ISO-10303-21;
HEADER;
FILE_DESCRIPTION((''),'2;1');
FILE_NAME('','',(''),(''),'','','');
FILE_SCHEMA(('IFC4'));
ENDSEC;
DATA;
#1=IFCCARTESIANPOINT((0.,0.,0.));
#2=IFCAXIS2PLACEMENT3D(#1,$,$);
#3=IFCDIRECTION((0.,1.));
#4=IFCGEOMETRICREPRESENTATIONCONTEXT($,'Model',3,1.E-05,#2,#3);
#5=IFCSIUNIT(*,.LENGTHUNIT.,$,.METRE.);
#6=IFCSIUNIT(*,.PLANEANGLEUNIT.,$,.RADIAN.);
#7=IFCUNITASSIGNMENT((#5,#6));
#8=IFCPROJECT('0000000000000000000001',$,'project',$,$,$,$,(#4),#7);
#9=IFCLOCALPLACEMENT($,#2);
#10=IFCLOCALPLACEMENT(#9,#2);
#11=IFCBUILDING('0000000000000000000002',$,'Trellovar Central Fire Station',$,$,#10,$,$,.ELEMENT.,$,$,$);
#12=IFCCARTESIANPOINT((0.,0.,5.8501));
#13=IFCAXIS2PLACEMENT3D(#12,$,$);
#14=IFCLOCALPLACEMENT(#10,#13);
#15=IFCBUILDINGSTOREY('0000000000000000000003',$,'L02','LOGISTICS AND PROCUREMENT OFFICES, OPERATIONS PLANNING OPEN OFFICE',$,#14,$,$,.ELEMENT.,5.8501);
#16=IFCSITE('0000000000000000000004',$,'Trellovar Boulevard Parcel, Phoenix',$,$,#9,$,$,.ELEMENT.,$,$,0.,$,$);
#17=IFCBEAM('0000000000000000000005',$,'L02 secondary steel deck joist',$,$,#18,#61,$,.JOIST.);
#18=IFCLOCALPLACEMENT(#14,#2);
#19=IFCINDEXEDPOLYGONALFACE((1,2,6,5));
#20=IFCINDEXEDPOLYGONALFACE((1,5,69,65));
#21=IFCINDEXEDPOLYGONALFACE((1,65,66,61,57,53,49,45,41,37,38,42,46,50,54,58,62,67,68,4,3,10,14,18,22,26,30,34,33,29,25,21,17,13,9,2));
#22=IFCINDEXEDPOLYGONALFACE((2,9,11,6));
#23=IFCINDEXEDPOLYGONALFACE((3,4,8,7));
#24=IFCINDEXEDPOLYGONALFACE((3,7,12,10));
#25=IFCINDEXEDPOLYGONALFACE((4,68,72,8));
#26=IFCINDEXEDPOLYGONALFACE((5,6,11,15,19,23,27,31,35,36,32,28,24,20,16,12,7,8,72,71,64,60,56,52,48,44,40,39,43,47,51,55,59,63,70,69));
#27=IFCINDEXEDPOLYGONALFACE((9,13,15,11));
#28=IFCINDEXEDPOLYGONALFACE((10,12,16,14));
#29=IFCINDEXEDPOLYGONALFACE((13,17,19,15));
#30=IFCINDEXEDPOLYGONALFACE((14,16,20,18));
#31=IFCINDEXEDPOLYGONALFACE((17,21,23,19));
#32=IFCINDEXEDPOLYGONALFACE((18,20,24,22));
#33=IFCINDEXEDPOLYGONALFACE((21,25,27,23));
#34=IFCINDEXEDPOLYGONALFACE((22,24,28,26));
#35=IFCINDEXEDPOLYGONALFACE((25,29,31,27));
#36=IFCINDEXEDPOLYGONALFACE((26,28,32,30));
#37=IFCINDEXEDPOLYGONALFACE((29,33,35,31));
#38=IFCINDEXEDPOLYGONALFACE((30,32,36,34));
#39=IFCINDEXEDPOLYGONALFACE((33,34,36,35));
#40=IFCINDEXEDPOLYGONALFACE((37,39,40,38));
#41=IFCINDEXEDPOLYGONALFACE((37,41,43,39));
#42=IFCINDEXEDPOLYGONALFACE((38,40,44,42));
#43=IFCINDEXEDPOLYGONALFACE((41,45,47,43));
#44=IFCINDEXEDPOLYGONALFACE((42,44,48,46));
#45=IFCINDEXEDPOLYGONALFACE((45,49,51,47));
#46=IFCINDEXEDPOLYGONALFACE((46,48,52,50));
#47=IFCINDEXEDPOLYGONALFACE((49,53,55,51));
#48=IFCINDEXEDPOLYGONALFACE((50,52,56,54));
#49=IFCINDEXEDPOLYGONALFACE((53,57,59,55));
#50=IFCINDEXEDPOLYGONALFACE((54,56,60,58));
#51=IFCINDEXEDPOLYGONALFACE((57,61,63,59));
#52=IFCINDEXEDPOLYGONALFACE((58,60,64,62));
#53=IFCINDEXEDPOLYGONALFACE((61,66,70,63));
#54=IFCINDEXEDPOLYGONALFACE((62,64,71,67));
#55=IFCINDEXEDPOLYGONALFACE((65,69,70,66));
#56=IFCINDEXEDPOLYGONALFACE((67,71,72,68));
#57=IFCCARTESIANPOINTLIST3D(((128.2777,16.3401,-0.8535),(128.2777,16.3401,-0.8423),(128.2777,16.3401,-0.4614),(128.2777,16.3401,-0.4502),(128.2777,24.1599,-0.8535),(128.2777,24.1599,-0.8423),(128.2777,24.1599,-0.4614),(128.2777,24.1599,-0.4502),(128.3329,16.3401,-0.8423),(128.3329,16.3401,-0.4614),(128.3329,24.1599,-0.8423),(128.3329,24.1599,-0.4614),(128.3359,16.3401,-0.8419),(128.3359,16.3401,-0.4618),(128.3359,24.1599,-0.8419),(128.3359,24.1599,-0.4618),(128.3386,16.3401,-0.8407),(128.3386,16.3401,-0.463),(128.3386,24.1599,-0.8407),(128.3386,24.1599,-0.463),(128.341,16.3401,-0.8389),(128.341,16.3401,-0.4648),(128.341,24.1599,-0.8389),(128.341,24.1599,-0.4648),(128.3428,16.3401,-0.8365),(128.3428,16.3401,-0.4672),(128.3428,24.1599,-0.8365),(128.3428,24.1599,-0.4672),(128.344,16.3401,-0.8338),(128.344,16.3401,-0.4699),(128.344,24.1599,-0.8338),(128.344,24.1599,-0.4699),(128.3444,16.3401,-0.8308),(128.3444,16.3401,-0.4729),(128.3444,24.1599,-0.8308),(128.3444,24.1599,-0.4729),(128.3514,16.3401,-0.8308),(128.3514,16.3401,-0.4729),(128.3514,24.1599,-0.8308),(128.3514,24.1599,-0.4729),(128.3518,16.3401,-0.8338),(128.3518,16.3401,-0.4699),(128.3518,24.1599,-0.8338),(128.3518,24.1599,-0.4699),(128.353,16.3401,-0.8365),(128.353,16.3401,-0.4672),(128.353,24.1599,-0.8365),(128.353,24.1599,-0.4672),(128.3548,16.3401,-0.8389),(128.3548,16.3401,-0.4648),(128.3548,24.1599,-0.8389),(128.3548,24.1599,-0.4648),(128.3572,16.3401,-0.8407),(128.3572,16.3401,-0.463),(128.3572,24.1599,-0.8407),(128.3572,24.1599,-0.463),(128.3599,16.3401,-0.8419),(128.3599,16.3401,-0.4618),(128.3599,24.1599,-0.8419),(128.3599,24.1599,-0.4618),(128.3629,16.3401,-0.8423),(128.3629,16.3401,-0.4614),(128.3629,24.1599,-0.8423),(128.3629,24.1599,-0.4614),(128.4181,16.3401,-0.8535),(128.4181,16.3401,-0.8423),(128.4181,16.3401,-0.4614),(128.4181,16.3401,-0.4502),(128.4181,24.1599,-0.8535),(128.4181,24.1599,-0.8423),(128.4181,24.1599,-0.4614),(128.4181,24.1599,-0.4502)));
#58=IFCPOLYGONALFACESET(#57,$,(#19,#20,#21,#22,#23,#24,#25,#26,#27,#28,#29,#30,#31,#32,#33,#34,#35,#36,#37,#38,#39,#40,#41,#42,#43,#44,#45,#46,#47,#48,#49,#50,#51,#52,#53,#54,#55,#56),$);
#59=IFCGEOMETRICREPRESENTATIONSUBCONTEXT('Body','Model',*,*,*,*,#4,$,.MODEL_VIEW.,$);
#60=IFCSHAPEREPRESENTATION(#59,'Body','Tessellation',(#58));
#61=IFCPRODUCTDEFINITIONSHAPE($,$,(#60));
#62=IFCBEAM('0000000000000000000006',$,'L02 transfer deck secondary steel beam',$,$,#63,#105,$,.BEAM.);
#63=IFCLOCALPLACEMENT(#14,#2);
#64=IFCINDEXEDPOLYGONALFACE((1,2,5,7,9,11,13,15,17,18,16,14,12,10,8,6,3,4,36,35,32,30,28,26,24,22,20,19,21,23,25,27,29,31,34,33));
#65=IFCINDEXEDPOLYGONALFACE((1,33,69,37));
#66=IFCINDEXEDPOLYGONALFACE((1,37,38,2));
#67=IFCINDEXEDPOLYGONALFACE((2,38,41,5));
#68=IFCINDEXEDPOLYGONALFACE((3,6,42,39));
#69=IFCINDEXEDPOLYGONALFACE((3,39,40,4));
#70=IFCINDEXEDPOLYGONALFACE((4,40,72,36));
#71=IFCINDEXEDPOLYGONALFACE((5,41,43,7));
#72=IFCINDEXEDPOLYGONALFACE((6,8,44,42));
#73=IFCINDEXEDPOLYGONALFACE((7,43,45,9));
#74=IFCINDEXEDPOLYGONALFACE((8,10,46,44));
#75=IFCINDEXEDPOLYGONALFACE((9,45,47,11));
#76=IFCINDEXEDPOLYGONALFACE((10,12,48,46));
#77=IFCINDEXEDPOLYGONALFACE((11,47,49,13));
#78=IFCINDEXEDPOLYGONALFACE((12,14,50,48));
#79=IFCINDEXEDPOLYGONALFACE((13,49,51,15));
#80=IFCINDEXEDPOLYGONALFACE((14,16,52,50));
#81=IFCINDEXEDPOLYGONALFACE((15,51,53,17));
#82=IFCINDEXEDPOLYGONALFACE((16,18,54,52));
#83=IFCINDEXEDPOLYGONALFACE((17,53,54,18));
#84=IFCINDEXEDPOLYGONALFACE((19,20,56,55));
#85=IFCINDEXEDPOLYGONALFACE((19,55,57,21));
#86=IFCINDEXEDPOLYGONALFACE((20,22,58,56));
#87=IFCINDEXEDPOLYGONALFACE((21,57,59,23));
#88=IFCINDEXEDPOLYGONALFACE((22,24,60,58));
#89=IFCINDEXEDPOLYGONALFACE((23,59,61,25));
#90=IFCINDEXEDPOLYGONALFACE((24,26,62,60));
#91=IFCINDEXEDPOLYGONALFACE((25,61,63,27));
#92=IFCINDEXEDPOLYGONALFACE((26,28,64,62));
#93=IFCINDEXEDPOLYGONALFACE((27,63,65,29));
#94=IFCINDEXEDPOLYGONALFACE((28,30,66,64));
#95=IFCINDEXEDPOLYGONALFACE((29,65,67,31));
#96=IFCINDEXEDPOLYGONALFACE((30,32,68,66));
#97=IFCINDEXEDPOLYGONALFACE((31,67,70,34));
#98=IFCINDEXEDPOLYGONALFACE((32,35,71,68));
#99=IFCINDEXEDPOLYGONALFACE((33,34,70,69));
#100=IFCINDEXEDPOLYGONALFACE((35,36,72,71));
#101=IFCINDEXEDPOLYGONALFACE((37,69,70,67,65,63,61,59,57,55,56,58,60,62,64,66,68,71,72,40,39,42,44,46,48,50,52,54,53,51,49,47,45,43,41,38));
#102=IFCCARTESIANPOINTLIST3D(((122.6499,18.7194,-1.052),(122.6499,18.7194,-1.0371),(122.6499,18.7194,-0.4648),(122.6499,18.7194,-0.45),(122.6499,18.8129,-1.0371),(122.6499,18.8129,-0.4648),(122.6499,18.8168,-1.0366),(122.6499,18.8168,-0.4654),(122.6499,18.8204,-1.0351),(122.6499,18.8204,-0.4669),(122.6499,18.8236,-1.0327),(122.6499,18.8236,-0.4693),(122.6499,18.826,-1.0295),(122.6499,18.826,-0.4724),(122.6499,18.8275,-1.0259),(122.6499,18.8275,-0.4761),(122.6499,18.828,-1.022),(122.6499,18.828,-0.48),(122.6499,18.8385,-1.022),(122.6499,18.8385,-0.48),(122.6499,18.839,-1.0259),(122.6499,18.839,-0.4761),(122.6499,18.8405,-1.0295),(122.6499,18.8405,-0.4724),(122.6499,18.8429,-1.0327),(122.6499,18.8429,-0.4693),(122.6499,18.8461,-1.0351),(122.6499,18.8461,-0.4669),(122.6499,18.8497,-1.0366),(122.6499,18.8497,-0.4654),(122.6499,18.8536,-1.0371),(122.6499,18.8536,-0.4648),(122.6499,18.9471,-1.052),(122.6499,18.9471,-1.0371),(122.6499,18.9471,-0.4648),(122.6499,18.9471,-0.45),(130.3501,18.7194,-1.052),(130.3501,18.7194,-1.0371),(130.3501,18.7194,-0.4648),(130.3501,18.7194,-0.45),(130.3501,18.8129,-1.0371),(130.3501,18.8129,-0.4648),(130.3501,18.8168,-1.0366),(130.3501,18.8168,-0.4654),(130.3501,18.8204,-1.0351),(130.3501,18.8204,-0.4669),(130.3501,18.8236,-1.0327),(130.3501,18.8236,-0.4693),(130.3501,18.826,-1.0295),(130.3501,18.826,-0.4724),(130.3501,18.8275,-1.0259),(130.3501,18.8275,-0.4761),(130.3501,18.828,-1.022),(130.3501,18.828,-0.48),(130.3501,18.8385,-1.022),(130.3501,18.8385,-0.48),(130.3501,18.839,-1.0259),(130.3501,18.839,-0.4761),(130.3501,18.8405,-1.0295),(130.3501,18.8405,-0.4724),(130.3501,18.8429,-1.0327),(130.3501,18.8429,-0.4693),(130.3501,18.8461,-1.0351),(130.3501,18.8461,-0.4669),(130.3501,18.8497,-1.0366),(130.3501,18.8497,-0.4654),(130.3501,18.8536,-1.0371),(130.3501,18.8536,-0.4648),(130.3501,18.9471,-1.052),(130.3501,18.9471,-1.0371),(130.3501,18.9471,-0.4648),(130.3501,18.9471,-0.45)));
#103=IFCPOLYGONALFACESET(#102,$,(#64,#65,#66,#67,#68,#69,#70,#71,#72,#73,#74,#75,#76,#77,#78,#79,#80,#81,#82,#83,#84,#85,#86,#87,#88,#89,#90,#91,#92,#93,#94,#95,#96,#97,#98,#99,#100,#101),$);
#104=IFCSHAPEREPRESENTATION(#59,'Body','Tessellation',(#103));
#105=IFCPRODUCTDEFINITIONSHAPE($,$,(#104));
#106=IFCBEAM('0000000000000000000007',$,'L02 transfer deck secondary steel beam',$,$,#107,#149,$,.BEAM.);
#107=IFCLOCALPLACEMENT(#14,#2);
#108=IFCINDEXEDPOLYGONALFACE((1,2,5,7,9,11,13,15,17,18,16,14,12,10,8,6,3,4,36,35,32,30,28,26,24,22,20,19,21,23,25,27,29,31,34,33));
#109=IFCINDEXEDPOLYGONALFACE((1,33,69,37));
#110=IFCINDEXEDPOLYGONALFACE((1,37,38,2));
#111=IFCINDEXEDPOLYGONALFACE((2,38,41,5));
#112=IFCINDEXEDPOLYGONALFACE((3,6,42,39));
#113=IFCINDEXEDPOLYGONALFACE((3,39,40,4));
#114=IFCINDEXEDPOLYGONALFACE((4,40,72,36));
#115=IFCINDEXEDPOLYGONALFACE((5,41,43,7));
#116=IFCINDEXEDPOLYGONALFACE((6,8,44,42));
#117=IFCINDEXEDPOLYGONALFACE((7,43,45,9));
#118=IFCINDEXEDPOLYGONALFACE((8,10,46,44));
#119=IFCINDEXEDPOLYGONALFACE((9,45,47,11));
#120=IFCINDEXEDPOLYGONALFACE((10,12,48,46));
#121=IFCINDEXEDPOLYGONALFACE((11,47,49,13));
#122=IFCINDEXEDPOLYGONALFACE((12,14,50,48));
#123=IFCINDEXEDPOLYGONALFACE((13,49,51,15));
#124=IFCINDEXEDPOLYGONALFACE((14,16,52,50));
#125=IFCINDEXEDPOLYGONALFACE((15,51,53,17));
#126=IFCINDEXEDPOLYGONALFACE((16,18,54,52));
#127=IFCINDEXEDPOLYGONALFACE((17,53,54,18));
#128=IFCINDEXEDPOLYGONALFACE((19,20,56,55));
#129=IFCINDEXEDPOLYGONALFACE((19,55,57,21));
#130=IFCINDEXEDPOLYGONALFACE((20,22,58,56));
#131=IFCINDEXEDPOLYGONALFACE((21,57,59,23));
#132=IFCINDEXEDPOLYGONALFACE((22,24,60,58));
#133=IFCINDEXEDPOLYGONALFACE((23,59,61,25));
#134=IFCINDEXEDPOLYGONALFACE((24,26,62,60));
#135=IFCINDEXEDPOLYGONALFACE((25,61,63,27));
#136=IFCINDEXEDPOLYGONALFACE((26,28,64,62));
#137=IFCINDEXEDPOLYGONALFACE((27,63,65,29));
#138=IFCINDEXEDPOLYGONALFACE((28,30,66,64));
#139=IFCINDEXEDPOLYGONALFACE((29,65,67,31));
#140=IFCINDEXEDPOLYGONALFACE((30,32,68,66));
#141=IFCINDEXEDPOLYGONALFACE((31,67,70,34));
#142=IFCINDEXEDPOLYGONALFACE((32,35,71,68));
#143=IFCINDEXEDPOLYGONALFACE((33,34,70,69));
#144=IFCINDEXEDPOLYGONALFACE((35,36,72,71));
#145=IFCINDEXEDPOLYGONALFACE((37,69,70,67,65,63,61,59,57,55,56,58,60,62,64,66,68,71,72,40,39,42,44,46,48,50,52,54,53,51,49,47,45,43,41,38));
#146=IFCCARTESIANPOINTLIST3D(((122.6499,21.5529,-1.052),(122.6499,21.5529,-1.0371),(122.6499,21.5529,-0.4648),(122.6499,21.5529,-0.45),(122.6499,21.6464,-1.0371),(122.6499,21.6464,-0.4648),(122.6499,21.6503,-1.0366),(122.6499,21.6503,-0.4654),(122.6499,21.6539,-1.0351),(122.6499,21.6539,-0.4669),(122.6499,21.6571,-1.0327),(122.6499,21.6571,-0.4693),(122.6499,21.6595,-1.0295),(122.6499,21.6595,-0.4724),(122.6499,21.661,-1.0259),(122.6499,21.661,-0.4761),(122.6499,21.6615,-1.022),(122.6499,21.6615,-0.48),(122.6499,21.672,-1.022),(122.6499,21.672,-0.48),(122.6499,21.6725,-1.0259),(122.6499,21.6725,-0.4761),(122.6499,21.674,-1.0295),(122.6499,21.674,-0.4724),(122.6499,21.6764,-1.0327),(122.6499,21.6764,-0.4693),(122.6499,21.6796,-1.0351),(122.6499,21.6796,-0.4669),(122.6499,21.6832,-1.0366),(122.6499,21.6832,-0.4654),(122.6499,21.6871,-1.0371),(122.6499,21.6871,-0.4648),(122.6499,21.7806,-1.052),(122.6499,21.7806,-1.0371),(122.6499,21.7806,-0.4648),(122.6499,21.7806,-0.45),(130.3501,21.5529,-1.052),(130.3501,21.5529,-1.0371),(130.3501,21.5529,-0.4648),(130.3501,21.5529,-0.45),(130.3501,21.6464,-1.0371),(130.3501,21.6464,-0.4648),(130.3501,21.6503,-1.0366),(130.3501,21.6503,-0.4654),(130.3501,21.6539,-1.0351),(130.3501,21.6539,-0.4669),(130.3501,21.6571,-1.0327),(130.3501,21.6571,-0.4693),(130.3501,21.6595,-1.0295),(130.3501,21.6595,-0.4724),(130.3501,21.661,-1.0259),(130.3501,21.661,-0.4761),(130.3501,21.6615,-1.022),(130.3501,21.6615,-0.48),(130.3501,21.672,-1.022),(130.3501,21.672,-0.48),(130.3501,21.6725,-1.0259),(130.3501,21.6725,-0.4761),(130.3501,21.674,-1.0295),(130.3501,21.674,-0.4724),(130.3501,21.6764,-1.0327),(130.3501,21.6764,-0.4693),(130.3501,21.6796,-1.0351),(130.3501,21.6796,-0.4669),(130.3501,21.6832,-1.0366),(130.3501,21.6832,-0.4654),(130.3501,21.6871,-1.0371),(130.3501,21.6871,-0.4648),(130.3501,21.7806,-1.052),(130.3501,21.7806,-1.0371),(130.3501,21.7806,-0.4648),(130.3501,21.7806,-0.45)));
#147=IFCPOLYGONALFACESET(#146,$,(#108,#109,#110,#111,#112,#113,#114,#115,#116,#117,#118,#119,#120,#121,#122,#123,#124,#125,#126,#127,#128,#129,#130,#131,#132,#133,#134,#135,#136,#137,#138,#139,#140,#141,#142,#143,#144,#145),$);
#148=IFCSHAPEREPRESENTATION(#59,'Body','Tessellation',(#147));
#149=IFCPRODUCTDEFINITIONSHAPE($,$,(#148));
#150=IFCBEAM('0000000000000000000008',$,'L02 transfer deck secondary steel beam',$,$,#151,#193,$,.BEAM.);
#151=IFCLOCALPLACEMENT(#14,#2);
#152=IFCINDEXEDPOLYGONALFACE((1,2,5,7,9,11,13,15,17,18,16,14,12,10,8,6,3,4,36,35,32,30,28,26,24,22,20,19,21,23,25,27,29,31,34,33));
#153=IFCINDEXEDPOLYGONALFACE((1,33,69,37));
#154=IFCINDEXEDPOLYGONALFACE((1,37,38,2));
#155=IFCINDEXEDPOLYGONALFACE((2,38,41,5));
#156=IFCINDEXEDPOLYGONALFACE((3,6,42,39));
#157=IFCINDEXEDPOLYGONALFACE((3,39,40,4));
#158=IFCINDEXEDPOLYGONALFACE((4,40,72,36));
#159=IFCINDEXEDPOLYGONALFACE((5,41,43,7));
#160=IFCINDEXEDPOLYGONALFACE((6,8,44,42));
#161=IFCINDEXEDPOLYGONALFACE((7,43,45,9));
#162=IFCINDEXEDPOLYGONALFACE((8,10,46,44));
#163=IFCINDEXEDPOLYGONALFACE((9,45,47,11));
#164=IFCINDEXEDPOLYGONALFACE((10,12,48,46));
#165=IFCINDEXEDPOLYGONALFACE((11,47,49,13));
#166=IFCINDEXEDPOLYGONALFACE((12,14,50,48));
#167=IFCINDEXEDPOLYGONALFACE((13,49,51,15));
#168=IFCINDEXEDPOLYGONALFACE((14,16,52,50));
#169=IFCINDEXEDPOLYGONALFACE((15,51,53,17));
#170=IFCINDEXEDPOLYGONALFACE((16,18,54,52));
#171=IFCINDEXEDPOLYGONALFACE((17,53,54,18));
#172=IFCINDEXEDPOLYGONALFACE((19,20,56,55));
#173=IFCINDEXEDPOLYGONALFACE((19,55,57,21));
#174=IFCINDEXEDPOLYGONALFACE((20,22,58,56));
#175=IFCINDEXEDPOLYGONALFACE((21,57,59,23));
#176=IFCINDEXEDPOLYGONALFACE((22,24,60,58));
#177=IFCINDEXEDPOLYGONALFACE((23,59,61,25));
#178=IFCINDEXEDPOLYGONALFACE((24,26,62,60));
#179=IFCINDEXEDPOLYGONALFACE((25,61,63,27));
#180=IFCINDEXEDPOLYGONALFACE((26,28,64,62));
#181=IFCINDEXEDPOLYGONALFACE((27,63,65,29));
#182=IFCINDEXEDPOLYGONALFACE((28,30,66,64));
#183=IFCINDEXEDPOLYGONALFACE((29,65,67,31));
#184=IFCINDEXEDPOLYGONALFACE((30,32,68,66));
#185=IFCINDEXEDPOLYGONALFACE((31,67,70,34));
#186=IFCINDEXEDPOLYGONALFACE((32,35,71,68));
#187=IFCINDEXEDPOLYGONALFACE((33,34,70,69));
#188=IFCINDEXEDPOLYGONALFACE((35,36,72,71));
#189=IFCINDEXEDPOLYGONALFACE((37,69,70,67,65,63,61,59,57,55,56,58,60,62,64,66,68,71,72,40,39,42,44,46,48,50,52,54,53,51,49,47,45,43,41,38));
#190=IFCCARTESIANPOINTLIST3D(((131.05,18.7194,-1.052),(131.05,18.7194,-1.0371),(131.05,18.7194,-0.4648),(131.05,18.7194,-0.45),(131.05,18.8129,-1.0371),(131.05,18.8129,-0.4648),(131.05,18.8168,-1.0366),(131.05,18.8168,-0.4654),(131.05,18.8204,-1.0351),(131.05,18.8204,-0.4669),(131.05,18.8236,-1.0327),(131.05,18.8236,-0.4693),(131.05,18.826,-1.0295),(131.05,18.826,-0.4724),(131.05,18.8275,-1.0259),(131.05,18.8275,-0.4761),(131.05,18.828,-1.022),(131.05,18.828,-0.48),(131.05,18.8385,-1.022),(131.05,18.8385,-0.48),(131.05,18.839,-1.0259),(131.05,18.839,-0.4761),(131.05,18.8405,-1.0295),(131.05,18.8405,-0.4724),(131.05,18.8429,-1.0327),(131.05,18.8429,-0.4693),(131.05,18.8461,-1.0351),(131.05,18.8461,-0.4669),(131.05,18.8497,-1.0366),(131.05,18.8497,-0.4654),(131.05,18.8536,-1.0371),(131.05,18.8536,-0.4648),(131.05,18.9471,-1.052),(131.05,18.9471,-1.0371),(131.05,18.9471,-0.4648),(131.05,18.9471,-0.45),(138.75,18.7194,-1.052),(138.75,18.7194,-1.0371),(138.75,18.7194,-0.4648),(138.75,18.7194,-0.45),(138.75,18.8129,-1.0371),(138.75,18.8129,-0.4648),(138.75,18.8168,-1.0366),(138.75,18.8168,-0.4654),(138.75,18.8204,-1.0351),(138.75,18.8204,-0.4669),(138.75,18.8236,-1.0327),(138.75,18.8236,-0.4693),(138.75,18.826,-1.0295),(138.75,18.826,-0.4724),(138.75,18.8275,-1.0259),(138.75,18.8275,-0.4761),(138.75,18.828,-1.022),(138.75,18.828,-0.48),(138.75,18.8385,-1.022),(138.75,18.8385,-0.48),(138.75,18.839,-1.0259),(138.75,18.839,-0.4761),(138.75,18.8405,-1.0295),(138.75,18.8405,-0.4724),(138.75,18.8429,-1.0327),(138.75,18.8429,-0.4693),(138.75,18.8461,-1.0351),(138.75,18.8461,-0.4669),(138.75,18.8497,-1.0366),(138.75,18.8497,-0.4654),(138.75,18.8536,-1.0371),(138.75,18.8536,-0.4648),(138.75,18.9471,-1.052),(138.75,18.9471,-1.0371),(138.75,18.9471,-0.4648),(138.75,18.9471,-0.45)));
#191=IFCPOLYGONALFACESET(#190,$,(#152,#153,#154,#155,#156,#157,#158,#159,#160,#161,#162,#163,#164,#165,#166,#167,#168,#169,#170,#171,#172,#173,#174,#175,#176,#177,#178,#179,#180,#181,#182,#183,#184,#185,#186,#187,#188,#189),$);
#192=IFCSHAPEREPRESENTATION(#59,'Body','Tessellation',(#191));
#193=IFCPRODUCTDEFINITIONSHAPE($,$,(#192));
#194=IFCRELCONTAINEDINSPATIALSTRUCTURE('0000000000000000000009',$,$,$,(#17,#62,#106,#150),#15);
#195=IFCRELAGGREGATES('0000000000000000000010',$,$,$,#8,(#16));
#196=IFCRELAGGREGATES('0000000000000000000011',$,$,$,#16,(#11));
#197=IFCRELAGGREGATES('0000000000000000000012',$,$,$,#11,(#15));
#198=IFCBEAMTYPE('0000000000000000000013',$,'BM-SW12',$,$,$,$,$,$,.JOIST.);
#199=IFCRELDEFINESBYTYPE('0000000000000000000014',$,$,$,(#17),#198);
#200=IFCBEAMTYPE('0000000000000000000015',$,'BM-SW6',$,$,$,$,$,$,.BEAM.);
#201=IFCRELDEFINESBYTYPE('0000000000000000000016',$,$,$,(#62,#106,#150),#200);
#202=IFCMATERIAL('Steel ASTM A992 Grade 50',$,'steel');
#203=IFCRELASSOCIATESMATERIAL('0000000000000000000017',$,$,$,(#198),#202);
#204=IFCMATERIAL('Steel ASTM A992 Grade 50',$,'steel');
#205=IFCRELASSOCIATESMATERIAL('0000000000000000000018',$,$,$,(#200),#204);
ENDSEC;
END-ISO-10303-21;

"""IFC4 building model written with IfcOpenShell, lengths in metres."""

from ifc_helpers import new_model, si_unit, direction, frame, origin, origin_2d, place, context, subcontext, project, spatial, i_section, extrude, material, material_profile, profile_set, type_object, element, save


model = new_model("IFC4")

# Units and contexts
model_context = context("Model", 3, precision=1e-05, world=origin(), true_north=direction((0.0, 1.0)))
body_context = subcontext(model_context, "Body", "Model", "MODEL_VIEW")
ifc_project = project(units=[si_unit("LENGTHUNIT", "METRE"), si_unit("PLANEANGLEUNIT", "RADIAN")], contexts=[model_context])

# Site, building, storey
site_placement = place(None, origin())
site = spatial("IfcSite", under=ifc_project, at=site_placement, Name="Trellovar Boulevard Parcel, Phoenix", CompositionType="ELEMENT", RefElevation=0.0)
building_placement = place(site_placement, origin())
building = spatial("IfcBuilding", under=site, at=building_placement, Name="Trellovar Central Fire Station", CompositionType="ELEMENT")
storey_placement = place(building_placement, frame((0.0, 0.0, 5.8501)))
storey = spatial("IfcBuildingStorey", under=building, at=storey_placement, Name="L02", Description="LOGISTICS AND PROCUREMENT OFFICES, OPERATIONS PLANNING OPEN OFFICE", CompositionType="ELEMENT", Elevation=5.8501)

# Beams
ifc_material_1 = material(Name="Steel ASTM A992 Grade 50", Category="steel")
ifc_material_profile_1 = material_profile(ifc_material_1, i_section(OverallWidth=0.1404, OverallDepth=0.4033, WebThickness=0.0071, FlangeThickness=0.0112, FilletRadius=0.0115, at=origin_2d()), Name="W16X31")
ifc_profile_set_1 = profile_set([ifc_material_profile_1], Name="Steel ASTM A992 Grade 50")
beam_type_1 = type_object("IfcBeamType", Name="BM-SW12", PredefinedType="JOIST", material=ifc_profile_set_1)
beam_1_placement = place(storey_placement, frame((128.3479, 16.3401, -0.6519), z_axis=(0.0, 1.0, 0.0), x_axis=(-1.0, 0.0, 0.0)))
element("IfcBeam", 1, at=beam_1_placement, inside=storey, type_object=beam_type_1, Name="L02 secondary steel deck joist", PredefinedType="JOIST", context=body_context, shape_type="SweptSolid", body=[
    extrude(i_section(OverallWidth=0.1404, OverallDepth=0.4033, WebThickness=0.0071, FlangeThickness=0.0112, FilletRadius=0.0115, at=origin_2d()), origin(), (0.0, 0.0, 1.0), 7.8198),
])
ifc_material_2 = material(Name="Steel ASTM A992 Grade 50", Category="steel")
ifc_material_profile_2 = material_profile(ifc_material_2, i_section(OverallWidth=0.2278, OverallDepth=0.6021, WebThickness=0.0105, FlangeThickness=0.0149, FilletRadius=0.0151, at=origin_2d()), Name="W24X68")
ifc_profile_set_2 = profile_set([ifc_material_profile_2], Name="Steel ASTM A992 Grade 50")
beam_type_2 = type_object("IfcBeamType", Name="BM-SW6", PredefinedType="BEAM", material=ifc_profile_set_2)
for number, where, z_axis, x_axis, name in (
    (2, (122.6499, 18.8333, -0.751), (1.0, 0.0, 0.0), (0.0, 1.0, 0.0), "L02 transfer deck secondary steel beam"),
    (3, (122.6499, 21.6667, -0.751), (1.0, 0.0, 0.0), (0.0, 1.0, 0.0), "L02 transfer deck secondary steel beam"),
):
    element("IfcBeam", number, at=place(storey_placement, frame(where, z_axis=z_axis, x_axis=x_axis)), inside=storey, type_object=beam_type_2, Name=name, PredefinedType="BEAM", context=body_context, shape_type="SweptSolid", body=[
        extrude(i_section(OverallWidth=0.2278, OverallDepth=0.6021, WebThickness=0.0105, FlangeThickness=0.0149, FilletRadius=0.0151, at=origin_2d()), origin(), (0.0, 0.0, 1.0), 7.7002),
    ])
for number, where, z_axis, x_axis, name in (
    (4, (131.05, 18.8333, -0.751), (1.0, 0.0, 0.0), (0.0, 1.0, 0.0), "L02 transfer deck secondary steel beam"),
):
    element("IfcBeam", number, at=place(storey_placement, frame(where, z_axis=z_axis, x_axis=x_axis)), inside=storey, type_object=beam_type_2, Name=name, PredefinedType="BEAM", context=body_context, shape_type="SweptSolid", body=[
        extrude(i_section(OverallWidth=0.2278, OverallDepth=0.6021, WebThickness=0.0105, FlangeThickness=0.0149, FilletRadius=0.0151, at=origin_2d()), origin(), (0.0, 0.0, 1.0), 7.7),
    ])

save(model, "model.ifc")
